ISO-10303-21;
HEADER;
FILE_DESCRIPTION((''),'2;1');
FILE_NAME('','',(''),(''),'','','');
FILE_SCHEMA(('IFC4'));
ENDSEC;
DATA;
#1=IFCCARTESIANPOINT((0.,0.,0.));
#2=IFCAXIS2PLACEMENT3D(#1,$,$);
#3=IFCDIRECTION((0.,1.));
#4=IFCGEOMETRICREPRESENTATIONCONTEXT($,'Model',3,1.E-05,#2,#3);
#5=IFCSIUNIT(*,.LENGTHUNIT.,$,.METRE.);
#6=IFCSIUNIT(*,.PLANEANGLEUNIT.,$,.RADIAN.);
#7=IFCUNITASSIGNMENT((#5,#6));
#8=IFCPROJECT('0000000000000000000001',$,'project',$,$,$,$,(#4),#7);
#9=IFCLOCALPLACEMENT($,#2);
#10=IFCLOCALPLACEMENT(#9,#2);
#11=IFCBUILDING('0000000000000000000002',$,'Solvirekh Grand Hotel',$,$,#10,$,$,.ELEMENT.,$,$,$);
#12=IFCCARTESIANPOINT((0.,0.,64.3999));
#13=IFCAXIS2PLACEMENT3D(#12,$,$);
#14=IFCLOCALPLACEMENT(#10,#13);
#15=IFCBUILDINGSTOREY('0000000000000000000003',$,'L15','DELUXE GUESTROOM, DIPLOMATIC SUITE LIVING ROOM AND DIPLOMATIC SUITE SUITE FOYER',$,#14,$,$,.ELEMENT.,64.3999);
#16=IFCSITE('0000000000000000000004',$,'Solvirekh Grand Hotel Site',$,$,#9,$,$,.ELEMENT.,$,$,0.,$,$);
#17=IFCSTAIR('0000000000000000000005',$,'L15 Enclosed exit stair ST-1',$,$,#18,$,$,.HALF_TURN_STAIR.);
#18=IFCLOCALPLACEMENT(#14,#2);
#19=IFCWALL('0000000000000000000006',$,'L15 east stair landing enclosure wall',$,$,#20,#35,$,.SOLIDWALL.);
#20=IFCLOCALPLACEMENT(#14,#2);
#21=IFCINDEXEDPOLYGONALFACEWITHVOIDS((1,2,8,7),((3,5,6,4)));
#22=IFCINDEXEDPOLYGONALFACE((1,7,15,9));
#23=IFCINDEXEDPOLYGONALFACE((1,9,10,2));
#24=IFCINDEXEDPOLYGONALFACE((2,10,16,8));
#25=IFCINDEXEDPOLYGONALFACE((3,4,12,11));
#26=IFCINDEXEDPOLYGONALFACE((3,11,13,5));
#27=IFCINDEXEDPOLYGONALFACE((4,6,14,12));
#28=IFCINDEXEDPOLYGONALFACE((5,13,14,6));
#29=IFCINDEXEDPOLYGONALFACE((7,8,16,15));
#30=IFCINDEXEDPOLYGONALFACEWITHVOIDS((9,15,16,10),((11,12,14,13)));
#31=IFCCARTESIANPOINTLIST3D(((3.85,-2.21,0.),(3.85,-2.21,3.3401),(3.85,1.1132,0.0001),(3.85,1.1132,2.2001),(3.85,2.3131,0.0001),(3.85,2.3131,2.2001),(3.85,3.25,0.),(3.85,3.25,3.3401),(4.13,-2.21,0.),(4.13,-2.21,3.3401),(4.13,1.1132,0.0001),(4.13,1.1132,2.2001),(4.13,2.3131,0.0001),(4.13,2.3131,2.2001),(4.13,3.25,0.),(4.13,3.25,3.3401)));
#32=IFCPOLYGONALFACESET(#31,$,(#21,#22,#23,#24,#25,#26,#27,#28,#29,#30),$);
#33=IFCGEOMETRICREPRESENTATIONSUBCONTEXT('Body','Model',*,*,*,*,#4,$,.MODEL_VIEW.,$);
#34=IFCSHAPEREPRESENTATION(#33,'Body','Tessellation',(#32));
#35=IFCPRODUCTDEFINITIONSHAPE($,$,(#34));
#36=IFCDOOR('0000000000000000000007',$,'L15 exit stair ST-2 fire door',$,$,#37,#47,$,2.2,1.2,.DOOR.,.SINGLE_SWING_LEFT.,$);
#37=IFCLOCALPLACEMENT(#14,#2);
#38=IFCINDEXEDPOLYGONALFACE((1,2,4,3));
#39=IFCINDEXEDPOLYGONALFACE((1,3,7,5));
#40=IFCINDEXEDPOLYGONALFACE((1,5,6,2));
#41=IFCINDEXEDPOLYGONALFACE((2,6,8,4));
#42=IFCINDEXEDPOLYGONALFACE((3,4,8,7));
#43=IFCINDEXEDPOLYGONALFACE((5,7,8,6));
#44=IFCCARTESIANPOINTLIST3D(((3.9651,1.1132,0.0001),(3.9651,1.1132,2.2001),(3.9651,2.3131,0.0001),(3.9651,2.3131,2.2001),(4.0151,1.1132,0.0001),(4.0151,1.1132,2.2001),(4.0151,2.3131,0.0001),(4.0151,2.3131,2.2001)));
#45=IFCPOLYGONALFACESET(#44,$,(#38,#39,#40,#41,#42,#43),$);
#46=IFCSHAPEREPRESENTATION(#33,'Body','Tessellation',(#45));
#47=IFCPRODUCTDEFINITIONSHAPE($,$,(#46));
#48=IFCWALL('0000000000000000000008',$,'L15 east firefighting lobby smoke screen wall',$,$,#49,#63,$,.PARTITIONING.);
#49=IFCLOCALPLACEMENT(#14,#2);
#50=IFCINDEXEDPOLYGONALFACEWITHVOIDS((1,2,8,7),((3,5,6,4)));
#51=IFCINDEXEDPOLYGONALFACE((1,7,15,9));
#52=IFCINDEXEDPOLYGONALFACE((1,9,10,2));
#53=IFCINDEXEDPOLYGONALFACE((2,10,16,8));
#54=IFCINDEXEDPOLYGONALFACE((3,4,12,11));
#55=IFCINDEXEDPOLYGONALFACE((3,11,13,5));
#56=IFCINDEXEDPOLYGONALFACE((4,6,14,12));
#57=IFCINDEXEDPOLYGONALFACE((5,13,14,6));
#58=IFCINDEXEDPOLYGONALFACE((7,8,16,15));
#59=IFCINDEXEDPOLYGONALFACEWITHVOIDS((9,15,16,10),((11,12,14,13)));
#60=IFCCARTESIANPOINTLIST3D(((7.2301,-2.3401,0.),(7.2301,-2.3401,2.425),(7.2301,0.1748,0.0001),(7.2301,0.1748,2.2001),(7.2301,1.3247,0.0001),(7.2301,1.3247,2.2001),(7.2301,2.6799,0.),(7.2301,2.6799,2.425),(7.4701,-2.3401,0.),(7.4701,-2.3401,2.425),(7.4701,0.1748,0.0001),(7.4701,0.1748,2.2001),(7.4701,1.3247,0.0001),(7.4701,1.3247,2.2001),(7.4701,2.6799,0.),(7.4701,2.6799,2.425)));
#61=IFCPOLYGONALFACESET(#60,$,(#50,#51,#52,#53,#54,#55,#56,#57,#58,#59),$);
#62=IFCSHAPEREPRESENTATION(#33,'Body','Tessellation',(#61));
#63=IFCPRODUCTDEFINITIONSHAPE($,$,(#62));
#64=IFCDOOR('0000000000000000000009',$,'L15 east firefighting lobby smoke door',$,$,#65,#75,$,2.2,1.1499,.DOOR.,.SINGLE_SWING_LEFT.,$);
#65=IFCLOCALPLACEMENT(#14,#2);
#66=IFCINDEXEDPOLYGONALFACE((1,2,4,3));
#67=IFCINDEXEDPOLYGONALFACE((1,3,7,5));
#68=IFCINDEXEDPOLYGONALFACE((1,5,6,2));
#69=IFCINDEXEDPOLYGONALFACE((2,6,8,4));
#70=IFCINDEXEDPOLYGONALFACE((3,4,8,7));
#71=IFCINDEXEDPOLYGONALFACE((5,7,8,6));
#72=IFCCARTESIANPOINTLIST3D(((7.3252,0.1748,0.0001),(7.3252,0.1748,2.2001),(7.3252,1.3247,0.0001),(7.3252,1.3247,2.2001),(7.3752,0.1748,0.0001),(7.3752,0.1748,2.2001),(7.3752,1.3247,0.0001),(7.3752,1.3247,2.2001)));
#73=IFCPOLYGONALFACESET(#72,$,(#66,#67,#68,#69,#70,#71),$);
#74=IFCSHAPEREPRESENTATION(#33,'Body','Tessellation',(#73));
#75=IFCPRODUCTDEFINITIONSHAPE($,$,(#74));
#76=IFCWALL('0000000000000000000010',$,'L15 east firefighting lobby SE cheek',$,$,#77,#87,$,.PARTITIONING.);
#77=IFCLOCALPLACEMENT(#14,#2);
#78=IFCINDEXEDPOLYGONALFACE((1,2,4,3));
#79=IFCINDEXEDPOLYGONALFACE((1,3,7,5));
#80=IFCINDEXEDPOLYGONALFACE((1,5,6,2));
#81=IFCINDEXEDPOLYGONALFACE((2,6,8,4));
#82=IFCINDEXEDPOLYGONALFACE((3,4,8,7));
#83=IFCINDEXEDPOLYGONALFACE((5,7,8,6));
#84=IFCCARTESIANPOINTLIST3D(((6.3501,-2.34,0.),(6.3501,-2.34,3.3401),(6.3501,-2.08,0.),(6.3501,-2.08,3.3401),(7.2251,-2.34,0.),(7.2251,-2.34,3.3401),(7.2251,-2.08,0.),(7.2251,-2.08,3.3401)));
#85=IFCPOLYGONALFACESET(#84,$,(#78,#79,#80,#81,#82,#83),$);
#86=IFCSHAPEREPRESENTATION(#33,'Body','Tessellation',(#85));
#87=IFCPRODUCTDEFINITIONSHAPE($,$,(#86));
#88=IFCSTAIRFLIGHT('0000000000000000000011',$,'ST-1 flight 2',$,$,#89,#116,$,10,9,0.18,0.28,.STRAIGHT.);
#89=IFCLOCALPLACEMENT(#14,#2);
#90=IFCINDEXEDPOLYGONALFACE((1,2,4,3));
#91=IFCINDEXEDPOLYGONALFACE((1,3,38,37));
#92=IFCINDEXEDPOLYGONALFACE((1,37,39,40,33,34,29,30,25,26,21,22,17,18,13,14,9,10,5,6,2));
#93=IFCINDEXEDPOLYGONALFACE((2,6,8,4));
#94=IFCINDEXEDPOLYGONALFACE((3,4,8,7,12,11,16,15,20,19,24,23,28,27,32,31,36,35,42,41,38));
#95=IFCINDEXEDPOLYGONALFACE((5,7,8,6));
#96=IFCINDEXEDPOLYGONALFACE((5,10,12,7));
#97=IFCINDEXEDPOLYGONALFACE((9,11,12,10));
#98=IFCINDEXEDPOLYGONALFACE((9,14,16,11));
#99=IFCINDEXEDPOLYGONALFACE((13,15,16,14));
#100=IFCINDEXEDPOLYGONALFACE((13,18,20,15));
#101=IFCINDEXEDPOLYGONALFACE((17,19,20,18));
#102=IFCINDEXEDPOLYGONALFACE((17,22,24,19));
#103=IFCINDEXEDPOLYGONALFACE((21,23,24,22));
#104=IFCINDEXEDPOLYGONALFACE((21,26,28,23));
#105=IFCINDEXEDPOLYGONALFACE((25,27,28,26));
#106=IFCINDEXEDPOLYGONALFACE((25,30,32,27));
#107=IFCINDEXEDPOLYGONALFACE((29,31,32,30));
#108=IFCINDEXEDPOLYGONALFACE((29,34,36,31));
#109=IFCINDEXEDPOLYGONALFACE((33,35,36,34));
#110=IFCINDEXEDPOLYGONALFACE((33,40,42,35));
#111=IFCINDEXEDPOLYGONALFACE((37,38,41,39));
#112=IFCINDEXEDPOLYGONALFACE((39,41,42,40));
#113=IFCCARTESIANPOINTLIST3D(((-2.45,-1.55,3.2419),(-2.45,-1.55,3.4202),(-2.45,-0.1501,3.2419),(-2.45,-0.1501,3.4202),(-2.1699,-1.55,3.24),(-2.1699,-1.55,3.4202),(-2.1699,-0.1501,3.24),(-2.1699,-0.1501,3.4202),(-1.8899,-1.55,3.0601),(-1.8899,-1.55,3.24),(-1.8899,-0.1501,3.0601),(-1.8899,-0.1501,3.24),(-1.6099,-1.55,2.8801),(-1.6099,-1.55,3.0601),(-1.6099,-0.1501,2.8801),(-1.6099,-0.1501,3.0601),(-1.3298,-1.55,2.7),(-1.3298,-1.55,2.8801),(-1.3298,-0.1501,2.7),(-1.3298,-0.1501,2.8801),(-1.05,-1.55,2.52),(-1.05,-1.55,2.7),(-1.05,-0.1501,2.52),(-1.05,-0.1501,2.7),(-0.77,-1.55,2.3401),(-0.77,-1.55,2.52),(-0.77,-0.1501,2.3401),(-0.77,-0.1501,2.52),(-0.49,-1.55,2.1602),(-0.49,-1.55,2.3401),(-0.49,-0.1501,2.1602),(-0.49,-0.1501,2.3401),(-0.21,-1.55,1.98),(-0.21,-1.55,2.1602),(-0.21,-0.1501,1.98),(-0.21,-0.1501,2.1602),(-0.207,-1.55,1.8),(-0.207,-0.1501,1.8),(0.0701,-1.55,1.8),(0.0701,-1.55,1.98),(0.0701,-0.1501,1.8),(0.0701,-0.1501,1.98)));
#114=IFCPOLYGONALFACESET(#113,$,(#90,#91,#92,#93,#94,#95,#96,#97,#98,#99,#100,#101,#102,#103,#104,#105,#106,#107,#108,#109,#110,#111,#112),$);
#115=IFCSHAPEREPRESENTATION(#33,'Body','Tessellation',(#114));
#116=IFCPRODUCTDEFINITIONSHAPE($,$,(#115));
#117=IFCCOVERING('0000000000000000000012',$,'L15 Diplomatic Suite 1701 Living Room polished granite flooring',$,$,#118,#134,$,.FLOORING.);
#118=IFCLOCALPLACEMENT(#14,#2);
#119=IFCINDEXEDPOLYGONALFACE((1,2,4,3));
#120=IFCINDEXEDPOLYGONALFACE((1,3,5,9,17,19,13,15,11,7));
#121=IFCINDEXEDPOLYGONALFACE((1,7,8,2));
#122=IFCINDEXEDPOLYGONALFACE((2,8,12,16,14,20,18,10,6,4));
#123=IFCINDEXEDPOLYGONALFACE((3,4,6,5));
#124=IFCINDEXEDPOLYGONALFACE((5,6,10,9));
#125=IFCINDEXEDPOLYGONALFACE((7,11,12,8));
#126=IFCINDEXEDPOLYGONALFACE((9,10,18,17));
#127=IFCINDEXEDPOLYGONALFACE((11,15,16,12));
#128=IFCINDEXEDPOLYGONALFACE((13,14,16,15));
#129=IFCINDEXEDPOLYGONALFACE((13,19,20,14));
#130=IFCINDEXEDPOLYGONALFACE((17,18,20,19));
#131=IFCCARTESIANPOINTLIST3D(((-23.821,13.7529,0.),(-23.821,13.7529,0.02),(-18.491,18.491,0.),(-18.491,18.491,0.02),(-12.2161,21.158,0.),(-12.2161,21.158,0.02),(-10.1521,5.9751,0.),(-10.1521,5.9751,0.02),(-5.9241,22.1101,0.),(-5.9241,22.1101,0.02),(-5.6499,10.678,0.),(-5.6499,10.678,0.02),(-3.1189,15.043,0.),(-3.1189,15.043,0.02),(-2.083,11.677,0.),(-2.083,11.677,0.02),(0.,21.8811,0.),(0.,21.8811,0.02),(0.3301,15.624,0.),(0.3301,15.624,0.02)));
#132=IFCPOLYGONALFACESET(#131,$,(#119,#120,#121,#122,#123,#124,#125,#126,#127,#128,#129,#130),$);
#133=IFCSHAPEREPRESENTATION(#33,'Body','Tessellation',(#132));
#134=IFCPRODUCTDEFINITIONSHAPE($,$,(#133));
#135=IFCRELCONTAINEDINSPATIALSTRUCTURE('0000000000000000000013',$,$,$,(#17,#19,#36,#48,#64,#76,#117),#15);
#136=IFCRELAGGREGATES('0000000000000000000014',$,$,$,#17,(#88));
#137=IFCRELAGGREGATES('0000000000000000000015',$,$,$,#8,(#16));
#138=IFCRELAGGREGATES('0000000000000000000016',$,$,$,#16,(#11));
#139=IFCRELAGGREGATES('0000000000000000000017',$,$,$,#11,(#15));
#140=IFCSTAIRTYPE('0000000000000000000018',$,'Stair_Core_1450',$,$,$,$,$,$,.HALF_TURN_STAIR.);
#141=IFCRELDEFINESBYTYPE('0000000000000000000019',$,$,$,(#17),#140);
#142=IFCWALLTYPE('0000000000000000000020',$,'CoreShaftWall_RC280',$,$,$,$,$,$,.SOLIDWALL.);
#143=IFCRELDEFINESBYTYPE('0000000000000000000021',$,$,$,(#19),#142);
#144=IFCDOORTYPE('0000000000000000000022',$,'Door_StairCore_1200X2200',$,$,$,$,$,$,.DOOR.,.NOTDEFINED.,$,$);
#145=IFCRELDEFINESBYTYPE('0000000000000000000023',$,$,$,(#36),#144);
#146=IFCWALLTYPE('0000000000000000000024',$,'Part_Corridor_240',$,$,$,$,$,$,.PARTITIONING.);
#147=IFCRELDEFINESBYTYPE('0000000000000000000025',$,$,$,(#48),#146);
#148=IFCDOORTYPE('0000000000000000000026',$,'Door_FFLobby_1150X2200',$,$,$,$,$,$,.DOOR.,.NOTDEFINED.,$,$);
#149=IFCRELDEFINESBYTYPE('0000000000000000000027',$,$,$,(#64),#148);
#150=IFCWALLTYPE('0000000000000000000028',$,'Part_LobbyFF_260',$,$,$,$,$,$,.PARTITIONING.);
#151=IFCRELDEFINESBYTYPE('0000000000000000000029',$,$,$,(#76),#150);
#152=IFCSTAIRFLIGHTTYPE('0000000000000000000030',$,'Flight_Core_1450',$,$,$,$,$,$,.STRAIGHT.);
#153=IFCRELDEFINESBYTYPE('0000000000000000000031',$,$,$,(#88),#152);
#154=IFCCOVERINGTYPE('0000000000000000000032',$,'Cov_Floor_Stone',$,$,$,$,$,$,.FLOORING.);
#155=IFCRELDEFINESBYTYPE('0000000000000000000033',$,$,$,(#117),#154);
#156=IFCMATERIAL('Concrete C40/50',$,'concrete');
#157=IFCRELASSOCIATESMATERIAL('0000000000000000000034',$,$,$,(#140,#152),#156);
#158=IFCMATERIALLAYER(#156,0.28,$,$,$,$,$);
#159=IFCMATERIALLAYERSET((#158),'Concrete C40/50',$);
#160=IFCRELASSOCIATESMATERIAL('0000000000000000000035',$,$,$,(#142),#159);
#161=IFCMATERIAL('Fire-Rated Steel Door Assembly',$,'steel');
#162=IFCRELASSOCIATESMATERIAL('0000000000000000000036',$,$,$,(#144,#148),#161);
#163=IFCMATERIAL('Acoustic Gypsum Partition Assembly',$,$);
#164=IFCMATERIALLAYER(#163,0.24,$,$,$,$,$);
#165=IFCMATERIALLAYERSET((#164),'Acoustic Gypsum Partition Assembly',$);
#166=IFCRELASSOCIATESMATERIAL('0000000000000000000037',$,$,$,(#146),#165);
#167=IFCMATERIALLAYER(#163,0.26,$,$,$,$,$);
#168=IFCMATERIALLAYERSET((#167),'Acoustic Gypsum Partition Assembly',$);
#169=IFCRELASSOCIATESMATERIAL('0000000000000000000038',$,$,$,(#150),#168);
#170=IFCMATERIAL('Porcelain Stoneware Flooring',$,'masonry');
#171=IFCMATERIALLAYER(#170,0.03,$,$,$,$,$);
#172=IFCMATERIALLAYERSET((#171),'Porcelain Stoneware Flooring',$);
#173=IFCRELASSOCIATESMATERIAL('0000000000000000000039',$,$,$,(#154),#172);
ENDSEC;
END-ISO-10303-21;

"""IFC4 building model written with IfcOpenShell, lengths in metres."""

from ifc_helpers import new_model, si_unit, direction, frame, frame_2d, origin, place, context, subcontext, project, spatial, polyline, rectangle, outline, extrude, material, layer, layer_set, type_object, element, fill, aggregate, save


model = new_model("IFC4")

# Units and contexts
model_context = context("Model", 3, precision=1e-05, world=origin(), true_north=direction((0.0, 1.0)))
body_context = subcontext(model_context, "Body", "Model", "MODEL_VIEW")
ifc_project = project(units=[si_unit("LENGTHUNIT", "METRE"), si_unit("PLANEANGLEUNIT", "RADIAN")], contexts=[model_context])

# Site, building, storey
site_placement = place(None, origin())
site = spatial("IfcSite", under=ifc_project, at=site_placement, Name="Solvirekh Grand Hotel Site", CompositionType="ELEMENT", RefElevation=0.0)
building_placement = place(site_placement, origin())
building = spatial("IfcBuilding", under=site, at=building_placement, Name="Solvirekh Grand Hotel", CompositionType="ELEMENT")
storey_placement = place(building_placement, frame((0.0, 0.0, 64.3999)))
storey = spatial("IfcBuildingStorey", under=building, at=storey_placement, Name="L15", Description="DELUXE GUESTROOM, DIPLOMATIC SUITE LIVING ROOM AND DIPLOMATIC SUITE SUITE FOYER", CompositionType="ELEMENT", Elevation=64.3999)

# Stair
ifc_material_1 = material(Name="Concrete C40/50", Category="concrete")
stair_type = type_object("IfcStairType", Name="Stair_Core_1450", PredefinedType="HALF_TURN_STAIR", material=ifc_material_1)
stair_1_placement = place(storey_placement, origin())
stair_1 = element("IfcStair", 1, at=stair_1_placement, inside=storey, type_object=stair_type, Name="L15 Enclosed exit stair ST-1", PredefinedType="HALF_TURN_STAIR")

# Shared definitions
ifc_layer_1 = layer(ifc_material_1, 0.28)
ifc_layer_set_1 = layer_set([ifc_layer_1], Name="Concrete C40/50")
wall_type_1 = type_object("IfcWallType", Name="CoreShaftWall_RC280", PredefinedType="SOLIDWALL", material=ifc_layer_set_1)

# Shared definitions
ifc_material_2 = material(Name="Fire-Rated Steel Door Assembly", Category="steel")

# Walls, openings, doors
wall_1_placement = place(storey_placement, frame((3.99, -2.21, 0.0), z_axis=(0.0, 0.0, 1.0), x_axis=(0.0, 1.0, 0.0)))
wall_1 = element("IfcWall", 2, at=wall_1_placement, inside=storey, type_object=wall_type_1, Name="L15 east stair landing enclosure wall", PredefinedType="SOLIDWALL", context=body_context, shape_type="SweptSolid", body=[
    extrude(rectangle(XDim=5.46, YDim=0.28, at=frame_2d((2.73, 0.0))), origin(), (0.0, 0.0, 1.0), 3.3401),
])
opening_1_placement = place(wall_1_placement, frame((3.323, 0.0, 0.0)))
opening_1 = element("IfcOpeningElement", 3, at=opening_1_placement, cuts=wall_1, PredefinedType="OPENING", context=body_context, shape_type="SweptSolid", body=[
    extrude(rectangle(XDim=1.2, YDim=2.2, at=frame_2d((0.6001, 1.1001))), frame((0.0, 0.1499, 0.0), z_axis=(0.0, -1.0, 0.0), x_axis=(1.0, 0.0, 0.0)), (0.0, 0.0, 1.0), 0.3),
])
door_type_1 = type_object("IfcDoorType", Name="Door_StairCore_1200X2200", OperationType="NOTDEFINED", PredefinedType="DOOR", material=ifc_material_2)
door_1_placement = place(opening_1_placement, origin())
door_1 = element("IfcDoor", 4, at=door_1_placement, inside=storey, type_object=door_type_1, Name="L15 exit stair ST-2 fire door", OperationType="SINGLE_SWING_LEFT", OverallHeight=2.2, OverallWidth=1.2, PredefinedType="DOOR", context=body_context, shape_type="SweptSolid", body=[
    extrude(rectangle(XDim=1.2, YDim=2.2, at=frame_2d((0.6001, 1.1001))), frame((0.0, 0.0249, 0.0), z_axis=(0.0, -1.0, 0.0), x_axis=(1.0, 0.0, 0.0)), (0.0, 0.0, 1.0), 0.05),
])
fill(opening_1, door_1)
ifc_material_3 = material(Name="Acoustic Gypsum Partition Assembly")
ifc_layer_2 = layer(ifc_material_3, 0.24)
ifc_layer_set_2 = layer_set([ifc_layer_2], Name="Acoustic Gypsum Partition Assembly")
wall_type_2 = type_object("IfcWallType", Name="Part_Corridor_240", PredefinedType="PARTITIONING", material=ifc_layer_set_2)
wall_2_placement = place(storey_placement, frame((7.3501, -2.3401, 0.0), z_axis=(0.0, 0.0, 1.0), x_axis=(0.0, 1.0, 0.0)))
wall_2 = element("IfcWall", 5, at=wall_2_placement, inside=storey, type_object=wall_type_2, Name="L15 east firefighting lobby smoke screen wall", PredefinedType="PARTITIONING", context=body_context, shape_type="SweptSolid", body=[
    extrude(rectangle(XDim=5.02, YDim=0.24, at=frame_2d((2.51, 0.0))), origin(), (0.0, 0.0, 1.0), 2.425),
])
opening_2_placement = place(wall_2_placement, frame((2.5149, 0.0, 0.0)))
opening_2 = element("IfcOpeningElement", 6, at=opening_2_placement, cuts=wall_2, PredefinedType="OPENING", context=body_context, shape_type="SweptSolid", body=[
    extrude(rectangle(XDim=1.1499, YDim=2.2, at=frame_2d((0.575, 1.1001))), frame((0.0, 0.1299, 0.0), z_axis=(0.0, -1.0, 0.0), x_axis=(1.0, 0.0, 0.0)), (0.0, 0.0, 1.0), 0.26),
])
door_type_2 = type_object("IfcDoorType", Name="Door_FFLobby_1150X2200", OperationType="NOTDEFINED", PredefinedType="DOOR", material=ifc_material_2)
door_2_placement = place(opening_2_placement, origin())
door_2 = element("IfcDoor", 7, at=door_2_placement, inside=storey, type_object=door_type_2, Name="L15 east firefighting lobby smoke door", OperationType="SINGLE_SWING_LEFT", OverallHeight=2.2, OverallWidth=1.1499, PredefinedType="DOOR", context=body_context, shape_type="SweptSolid", body=[
    extrude(rectangle(XDim=1.1499, YDim=2.2, at=frame_2d((0.575, 1.1001))), frame((0.0, 0.0249, 0.0), z_axis=(0.0, -1.0, 0.0), x_axis=(1.0, 0.0, 0.0)), (0.0, 0.0, 1.0), 0.05),
])
fill(opening_2, door_2)

# Wall
ifc_layer_3 = layer(ifc_material_3, 0.26)
ifc_layer_set_3 = layer_set([ifc_layer_3], Name="Acoustic Gypsum Partition Assembly")
wall_type_3 = type_object("IfcWallType", Name="Part_LobbyFF_260", PredefinedType="PARTITIONING", material=ifc_layer_set_3)
wall_3_placement = place(storey_placement, frame((6.3501, -2.21, 0.0), z_axis=(0.0, 0.0, 1.0), x_axis=(1.0, 0.0, 0.0)))
element("IfcWall", 8, at=wall_3_placement, inside=storey, type_object=wall_type_3, Name="L15 east firefighting lobby SE cheek", PredefinedType="PARTITIONING", context=body_context, shape_type="SweptSolid", body=[
    extrude(rectangle(XDim=0.875, YDim=0.26, at=frame_2d((0.4375, 0.0))), origin(), (0.0, 0.0, 1.0), 3.3401),
])

# Stair flight
stair_flight_type = type_object("IfcStairFlightType", Name="Flight_Core_1450", PredefinedType="STRAIGHT", material=ifc_material_1)
stair_flight_placement = place(storey_placement, frame((0.0701, -0.8501, 1.8), z_axis=(0.0, 0.0, 1.0), x_axis=(-1.0, 0.0, 0.0)))
stair_flight = element("IfcStairFlight", 9, at=stair_flight_placement, type_object=stair_flight_type, Name="ST-1 flight 2", NumberOfRisers=10, NumberOfTreads=9, PredefinedType="STRAIGHT", RiserHeight=0.18, TreadLength=0.28, context=body_context, shape_type="SweptSolid", body=[
    extrude(outline(polyline([(0.0, 0.0), (0.0, 0.1799), (0.28, 0.1799), (0.28, 0.3601), (0.5601, 0.3601), (0.5601, 0.54), (0.8401, 0.54), (0.8401, 0.72), (1.1201, 0.72), (1.1201, 0.8999), (1.3999, 0.8999), (1.3999, 1.0801), (1.6799, 1.0801), (1.6799, 1.26), (1.96, 1.26), (1.96, 1.4399), (2.24, 1.4399), (2.24, 1.6201), (2.52, 1.6201), (2.52, 1.8), (2.52, 1.4419), (0.2771, 0.0), (0.0, 0.0)])), frame((0.0, 0.7, 0.0), z_axis=(0.0, -1.0, 0.0), x_axis=(1.0, 0.0, 0.0)), (0.0, 0.0, 1.0), 1.3999),
])
aggregate(stair_1, [stair_flight])

# Covering
ifc_material_4 = material(Name="Porcelain Stoneware Flooring", Category="masonry")
ifc_layer_4 = layer(ifc_material_4, 0.03)
ifc_layer_set_4 = layer_set([ifc_layer_4], Name="Porcelain Stoneware Flooring")
covering_type = type_object("IfcCoveringType", Name="Cov_Floor_Stone", PredefinedType="FLOORING", material=ifc_layer_set_4)
covering_placement = place(storey_placement, origin())
element("IfcCovering", 10, at=covering_placement, inside=storey, type_object=covering_type, Name="L15 Diplomatic Suite 1701 Living Room polished granite flooring", PredefinedType="FLOORING", context=body_context, shape_type="SweptSolid", body=[
    extrude(outline(polyline([(-3.1189, 15.043), (0.3301, 15.624), (0.0, 21.8811), (-5.9241, 22.1101), (-12.2161, 21.158), (-18.491, 18.491), (-23.821, 13.7529), (-10.1521, 5.9751), (-5.6499, 10.678), (-2.083, 11.677), (-3.1189, 15.043)])), origin(), (0.0, 0.0, 1.0), 0.02),
])

save(model, "model.ifc")
